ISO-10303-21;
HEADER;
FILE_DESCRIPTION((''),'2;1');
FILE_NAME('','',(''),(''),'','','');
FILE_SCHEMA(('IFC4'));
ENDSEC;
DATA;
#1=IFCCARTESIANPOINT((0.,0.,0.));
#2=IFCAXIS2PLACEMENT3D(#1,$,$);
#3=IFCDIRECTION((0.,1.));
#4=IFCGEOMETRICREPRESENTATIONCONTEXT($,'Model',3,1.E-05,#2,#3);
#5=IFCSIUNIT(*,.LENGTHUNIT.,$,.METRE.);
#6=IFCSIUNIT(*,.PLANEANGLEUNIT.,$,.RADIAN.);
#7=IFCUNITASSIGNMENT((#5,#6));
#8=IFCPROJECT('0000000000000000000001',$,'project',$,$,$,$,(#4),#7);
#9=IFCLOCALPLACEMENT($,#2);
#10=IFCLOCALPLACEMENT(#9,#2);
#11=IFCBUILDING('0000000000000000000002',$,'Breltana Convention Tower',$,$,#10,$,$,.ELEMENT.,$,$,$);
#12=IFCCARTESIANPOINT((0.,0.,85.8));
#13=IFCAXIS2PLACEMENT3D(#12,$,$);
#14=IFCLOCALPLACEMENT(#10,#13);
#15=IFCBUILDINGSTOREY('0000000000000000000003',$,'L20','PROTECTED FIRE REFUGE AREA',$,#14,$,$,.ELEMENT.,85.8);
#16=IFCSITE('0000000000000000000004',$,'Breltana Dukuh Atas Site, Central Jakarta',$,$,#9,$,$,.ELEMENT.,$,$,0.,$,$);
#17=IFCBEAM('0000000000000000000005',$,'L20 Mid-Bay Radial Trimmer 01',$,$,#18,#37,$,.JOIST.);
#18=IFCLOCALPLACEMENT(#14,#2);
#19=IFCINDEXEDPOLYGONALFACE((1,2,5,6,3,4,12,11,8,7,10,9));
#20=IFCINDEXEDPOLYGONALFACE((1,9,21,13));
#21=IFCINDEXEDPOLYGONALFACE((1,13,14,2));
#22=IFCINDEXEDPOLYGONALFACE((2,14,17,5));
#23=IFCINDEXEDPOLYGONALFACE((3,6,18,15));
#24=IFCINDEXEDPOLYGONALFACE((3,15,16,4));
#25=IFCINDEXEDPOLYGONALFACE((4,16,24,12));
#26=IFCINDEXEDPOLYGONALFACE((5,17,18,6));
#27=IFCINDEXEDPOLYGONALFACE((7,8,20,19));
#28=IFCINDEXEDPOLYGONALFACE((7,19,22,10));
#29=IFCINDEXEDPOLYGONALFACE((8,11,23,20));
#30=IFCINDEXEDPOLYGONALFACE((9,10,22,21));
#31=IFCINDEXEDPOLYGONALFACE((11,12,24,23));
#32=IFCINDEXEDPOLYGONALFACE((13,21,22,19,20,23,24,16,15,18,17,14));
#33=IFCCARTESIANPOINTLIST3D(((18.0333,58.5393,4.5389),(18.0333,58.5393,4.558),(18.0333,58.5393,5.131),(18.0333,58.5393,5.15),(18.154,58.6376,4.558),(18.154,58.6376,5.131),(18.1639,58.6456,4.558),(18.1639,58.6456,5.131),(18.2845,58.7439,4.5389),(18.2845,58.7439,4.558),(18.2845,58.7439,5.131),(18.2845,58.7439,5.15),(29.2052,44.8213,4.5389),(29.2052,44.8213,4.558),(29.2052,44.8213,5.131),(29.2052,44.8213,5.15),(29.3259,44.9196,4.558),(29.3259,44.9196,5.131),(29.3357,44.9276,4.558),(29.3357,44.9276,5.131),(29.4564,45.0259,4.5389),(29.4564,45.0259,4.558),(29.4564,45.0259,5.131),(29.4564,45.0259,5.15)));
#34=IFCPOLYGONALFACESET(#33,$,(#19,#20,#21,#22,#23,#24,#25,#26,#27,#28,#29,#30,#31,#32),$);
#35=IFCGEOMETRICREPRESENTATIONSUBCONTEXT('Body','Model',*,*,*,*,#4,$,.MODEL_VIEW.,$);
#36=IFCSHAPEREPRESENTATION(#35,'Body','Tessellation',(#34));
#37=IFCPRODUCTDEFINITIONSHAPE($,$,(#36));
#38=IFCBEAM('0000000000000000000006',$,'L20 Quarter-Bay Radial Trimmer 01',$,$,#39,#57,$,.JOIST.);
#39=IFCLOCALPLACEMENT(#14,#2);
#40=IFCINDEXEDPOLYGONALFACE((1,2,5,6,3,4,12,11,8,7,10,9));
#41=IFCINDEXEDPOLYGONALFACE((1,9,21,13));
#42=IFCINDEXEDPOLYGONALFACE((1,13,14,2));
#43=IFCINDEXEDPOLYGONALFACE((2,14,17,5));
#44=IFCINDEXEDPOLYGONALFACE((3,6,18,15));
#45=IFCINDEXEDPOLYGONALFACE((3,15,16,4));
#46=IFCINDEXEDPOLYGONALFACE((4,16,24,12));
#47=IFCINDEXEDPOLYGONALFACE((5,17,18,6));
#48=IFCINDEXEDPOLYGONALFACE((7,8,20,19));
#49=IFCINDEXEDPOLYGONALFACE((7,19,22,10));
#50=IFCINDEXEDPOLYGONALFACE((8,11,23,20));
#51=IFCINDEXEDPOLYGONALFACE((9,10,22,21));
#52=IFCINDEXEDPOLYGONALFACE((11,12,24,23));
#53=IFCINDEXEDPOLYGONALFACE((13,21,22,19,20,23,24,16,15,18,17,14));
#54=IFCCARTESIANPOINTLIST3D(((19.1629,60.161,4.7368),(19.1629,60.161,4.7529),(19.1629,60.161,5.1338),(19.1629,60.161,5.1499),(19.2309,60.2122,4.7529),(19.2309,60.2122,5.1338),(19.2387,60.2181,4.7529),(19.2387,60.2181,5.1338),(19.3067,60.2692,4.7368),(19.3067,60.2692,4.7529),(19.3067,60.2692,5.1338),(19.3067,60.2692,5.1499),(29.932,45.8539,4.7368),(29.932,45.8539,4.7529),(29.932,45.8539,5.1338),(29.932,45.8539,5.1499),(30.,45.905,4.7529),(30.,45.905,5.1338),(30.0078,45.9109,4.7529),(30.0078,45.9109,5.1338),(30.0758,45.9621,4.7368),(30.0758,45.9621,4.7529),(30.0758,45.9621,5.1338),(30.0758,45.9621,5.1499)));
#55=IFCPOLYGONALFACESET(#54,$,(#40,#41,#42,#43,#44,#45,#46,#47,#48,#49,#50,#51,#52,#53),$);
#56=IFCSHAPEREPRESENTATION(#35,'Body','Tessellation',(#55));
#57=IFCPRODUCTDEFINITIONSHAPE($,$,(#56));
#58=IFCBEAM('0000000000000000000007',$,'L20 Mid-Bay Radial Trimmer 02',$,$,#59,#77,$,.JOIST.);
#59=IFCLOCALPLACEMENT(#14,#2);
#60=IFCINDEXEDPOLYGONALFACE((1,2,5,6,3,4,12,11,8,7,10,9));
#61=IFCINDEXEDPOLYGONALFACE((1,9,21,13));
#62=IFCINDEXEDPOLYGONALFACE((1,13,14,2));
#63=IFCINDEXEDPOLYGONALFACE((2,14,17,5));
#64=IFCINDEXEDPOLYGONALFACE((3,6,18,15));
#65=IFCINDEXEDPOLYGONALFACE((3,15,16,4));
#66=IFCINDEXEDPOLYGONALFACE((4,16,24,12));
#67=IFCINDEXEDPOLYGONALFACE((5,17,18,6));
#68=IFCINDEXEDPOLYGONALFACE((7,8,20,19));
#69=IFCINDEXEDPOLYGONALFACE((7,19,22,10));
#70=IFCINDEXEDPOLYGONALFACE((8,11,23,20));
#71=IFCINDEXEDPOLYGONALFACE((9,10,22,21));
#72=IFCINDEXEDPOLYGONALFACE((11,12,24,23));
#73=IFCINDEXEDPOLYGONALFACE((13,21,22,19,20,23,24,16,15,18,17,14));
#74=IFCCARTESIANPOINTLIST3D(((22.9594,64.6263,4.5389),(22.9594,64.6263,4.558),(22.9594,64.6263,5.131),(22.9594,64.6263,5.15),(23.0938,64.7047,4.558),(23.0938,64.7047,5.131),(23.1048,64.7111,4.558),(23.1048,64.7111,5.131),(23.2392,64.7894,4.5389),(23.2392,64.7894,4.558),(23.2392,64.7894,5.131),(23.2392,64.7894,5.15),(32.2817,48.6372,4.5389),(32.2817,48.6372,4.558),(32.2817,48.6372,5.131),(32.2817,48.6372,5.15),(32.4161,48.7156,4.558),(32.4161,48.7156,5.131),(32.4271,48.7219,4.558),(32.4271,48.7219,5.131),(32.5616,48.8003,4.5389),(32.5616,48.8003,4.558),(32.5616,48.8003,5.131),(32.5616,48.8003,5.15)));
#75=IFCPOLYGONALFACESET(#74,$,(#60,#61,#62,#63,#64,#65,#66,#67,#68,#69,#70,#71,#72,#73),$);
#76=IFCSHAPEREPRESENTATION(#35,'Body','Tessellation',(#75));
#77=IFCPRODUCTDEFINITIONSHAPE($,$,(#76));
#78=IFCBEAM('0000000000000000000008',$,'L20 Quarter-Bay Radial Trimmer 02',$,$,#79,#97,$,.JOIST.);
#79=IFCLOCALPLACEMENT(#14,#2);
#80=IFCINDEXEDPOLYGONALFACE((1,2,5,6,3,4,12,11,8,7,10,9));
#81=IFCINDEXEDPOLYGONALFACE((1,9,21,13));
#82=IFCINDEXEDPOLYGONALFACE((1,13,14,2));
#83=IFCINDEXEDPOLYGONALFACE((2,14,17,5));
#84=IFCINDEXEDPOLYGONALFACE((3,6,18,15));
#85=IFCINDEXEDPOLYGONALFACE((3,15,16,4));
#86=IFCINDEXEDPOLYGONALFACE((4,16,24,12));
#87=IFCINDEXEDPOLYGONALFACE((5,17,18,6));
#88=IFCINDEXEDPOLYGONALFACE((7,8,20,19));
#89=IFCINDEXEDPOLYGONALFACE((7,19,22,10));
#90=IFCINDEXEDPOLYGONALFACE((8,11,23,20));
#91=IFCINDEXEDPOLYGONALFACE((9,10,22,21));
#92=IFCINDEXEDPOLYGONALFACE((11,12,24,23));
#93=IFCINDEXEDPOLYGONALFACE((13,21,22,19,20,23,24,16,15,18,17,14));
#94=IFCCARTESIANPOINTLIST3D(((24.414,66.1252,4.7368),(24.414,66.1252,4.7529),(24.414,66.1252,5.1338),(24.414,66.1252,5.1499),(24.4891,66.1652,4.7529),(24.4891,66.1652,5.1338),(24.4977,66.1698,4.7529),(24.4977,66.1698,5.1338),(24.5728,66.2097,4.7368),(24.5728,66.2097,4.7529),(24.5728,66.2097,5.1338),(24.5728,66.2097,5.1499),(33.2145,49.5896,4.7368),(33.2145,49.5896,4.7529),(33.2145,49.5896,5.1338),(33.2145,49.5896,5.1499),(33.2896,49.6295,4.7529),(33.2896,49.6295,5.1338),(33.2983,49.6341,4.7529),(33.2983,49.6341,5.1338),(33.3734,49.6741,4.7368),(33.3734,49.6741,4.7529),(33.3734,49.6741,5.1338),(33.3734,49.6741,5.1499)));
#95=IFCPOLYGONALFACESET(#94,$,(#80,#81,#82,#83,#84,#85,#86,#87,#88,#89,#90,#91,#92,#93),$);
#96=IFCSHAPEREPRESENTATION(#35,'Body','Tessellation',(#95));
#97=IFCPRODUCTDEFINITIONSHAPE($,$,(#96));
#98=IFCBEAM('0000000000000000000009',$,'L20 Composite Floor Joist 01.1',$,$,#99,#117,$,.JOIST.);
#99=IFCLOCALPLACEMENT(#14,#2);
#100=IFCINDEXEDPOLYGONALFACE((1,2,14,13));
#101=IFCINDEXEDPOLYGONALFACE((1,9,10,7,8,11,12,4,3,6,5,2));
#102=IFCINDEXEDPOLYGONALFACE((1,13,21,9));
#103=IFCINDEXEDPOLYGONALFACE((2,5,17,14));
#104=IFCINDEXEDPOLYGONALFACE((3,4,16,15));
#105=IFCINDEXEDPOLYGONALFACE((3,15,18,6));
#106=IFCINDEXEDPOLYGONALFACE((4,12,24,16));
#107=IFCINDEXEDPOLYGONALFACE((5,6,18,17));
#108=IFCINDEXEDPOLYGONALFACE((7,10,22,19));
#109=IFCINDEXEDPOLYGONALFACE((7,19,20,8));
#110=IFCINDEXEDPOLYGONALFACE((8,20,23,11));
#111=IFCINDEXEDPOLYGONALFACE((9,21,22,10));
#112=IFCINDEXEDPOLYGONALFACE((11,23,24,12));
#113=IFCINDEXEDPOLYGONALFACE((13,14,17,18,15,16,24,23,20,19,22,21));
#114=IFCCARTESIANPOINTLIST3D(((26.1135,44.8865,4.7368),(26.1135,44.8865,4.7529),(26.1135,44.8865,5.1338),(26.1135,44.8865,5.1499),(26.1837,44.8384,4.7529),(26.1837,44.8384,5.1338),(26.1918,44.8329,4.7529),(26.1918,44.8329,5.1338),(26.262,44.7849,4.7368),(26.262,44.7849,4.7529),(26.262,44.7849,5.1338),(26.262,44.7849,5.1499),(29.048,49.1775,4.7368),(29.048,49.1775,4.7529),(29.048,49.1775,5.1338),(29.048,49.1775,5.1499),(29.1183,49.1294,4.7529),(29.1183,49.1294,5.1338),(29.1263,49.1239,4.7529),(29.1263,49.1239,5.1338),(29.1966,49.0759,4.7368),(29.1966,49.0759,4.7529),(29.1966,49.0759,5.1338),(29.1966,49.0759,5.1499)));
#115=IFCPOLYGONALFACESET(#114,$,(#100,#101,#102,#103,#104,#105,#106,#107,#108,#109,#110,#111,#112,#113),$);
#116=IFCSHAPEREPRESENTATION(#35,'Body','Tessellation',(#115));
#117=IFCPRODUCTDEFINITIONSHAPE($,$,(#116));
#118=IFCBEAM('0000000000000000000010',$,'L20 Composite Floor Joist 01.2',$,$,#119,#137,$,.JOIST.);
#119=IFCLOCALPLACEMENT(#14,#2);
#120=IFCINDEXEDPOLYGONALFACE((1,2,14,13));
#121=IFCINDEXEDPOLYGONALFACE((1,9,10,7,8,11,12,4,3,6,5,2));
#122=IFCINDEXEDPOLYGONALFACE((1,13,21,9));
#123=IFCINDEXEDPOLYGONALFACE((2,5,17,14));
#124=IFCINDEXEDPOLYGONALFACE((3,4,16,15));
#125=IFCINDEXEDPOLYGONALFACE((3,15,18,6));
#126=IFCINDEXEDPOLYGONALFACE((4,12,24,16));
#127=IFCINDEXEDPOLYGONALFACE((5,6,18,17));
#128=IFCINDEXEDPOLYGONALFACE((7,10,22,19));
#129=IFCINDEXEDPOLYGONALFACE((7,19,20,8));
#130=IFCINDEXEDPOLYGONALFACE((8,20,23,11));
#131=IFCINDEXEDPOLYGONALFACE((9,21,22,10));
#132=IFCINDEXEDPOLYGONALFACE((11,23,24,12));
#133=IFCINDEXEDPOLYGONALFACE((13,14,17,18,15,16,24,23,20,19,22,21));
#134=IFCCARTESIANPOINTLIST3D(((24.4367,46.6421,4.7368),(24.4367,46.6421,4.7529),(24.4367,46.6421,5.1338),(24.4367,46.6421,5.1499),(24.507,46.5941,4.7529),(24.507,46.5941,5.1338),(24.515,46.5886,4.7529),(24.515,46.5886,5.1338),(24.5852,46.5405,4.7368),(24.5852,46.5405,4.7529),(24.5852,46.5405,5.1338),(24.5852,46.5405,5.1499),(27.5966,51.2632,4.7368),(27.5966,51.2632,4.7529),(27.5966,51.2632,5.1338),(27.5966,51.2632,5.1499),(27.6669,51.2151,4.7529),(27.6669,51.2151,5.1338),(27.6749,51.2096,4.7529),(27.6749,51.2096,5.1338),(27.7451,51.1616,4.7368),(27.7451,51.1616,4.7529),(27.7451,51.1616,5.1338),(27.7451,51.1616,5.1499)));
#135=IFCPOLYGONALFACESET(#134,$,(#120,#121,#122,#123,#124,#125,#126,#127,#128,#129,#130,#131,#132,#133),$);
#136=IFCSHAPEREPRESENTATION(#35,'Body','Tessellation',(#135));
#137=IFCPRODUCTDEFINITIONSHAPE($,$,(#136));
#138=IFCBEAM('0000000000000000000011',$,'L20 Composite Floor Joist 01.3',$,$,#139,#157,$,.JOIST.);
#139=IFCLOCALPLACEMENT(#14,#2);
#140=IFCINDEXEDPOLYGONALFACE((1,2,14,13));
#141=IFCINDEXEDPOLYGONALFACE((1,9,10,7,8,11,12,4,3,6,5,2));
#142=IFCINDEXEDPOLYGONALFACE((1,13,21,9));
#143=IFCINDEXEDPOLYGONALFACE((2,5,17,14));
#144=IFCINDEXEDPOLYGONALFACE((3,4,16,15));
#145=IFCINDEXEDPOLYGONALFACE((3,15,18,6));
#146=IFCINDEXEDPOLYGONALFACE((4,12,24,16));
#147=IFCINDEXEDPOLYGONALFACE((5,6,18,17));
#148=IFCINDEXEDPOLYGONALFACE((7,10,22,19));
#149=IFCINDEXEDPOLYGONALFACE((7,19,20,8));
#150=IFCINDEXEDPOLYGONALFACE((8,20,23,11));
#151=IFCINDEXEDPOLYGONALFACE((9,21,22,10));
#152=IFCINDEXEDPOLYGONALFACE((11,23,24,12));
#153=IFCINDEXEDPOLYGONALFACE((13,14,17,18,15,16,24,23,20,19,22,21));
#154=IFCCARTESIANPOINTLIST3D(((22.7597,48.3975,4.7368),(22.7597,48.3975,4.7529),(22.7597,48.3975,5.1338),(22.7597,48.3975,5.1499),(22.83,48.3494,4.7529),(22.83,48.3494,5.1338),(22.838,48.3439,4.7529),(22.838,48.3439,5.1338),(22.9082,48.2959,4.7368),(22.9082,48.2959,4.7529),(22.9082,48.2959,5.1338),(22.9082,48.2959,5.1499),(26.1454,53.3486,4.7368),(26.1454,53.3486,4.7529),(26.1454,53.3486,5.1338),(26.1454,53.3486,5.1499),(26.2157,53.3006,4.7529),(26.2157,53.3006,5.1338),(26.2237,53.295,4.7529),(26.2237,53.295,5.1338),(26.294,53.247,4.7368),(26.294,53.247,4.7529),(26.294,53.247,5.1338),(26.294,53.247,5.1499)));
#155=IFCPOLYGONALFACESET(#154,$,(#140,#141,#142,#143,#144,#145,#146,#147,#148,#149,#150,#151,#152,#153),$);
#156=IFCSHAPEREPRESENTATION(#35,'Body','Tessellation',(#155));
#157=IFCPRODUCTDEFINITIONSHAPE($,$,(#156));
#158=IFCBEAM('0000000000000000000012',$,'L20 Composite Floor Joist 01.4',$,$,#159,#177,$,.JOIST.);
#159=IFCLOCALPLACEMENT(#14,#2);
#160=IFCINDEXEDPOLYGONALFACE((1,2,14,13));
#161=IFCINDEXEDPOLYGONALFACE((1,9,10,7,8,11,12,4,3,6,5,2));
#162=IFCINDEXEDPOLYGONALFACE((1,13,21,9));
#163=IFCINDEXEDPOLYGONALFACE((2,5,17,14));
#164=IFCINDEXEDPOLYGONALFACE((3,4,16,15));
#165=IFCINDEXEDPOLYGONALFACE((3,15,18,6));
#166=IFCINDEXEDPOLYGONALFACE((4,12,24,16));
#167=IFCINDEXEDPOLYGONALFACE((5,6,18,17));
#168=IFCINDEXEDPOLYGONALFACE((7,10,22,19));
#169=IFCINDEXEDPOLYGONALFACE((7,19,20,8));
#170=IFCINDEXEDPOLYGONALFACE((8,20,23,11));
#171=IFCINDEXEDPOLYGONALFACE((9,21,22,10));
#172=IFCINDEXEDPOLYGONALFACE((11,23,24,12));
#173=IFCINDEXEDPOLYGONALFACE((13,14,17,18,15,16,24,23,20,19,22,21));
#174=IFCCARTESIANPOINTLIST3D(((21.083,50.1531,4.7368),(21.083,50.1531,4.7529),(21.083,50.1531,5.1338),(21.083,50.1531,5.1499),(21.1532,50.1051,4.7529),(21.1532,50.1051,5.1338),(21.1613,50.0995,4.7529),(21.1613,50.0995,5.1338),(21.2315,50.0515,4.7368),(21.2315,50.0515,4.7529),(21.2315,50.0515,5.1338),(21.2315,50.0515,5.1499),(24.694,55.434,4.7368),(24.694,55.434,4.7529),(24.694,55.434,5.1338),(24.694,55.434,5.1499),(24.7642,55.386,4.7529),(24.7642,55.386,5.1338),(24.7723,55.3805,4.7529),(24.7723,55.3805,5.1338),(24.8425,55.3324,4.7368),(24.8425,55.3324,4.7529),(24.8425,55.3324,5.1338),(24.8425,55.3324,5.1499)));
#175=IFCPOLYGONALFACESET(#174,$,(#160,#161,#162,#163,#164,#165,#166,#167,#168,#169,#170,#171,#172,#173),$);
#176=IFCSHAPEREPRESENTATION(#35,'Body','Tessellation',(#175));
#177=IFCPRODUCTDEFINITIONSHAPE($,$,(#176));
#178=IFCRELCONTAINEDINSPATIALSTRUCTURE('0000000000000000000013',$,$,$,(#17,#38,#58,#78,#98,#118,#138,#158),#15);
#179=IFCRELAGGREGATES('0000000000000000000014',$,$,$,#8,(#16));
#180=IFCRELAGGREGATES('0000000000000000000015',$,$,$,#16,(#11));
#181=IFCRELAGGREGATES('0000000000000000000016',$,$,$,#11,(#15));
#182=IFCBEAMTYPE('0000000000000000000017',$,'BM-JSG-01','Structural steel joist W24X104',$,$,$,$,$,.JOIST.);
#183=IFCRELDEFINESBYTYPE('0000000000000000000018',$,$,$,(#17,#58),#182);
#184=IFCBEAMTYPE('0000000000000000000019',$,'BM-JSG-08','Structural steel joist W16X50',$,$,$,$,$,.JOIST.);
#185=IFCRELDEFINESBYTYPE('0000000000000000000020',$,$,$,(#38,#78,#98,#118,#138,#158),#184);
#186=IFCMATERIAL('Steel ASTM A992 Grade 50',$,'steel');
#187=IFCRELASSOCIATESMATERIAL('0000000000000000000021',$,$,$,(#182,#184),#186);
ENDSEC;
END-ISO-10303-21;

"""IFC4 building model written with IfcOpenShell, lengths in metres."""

from ifc_helpers import new_model, si_unit, direction, frame, origin, origin_2d, place, context, subcontext, project, spatial, i_section, extrude, source, transform, mapped, material, material_profile, profile_set, type_object, type_shapes, element, save


model = new_model("IFC4")

# Units and contexts
model_context = context("Model", 3, precision=1e-05, world=origin(), true_north=direction((0.0, 1.0)))
body_context = subcontext(model_context, "Body", "Model", "MODEL_VIEW")
ifc_project = project(units=[si_unit("LENGTHUNIT", "METRE"), si_unit("PLANEANGLEUNIT", "RADIAN")], contexts=[model_context])

# Site, building, storey
site_placement = place(None, origin())
site = spatial("IfcSite", under=ifc_project, at=site_placement, Name="Breltana Dukuh Atas Site, Central Jakarta", CompositionType="ELEMENT", RefElevation=0.0)
building_placement = place(site_placement, origin())
building = spatial("IfcBuilding", under=site, at=building_placement, Name="Breltana Convention Tower", CompositionType="ELEMENT")
storey_placement = place(building_placement, frame((0.0, 0.0, 85.8)))
storey = spatial("IfcBuildingStorey", under=building, at=storey_placement, Name="L20", Description="PROTECTED FIRE REFUGE AREA", CompositionType="ELEMENT", Elevation=85.8)

# Beams
ifc_material_1 = material(Name="Steel ASTM A992 Grade 50", Category="steel")
ifc_material_profile_1 = material_profile(ifc_material_1, i_section(OverallWidth=0.324, OverallDepth=0.6111, WebThickness=0.0127, FlangeThickness=0.019, at=origin_2d()), Name="W24X104")
ifc_profile_set_1 = profile_set([ifc_material_profile_1], Name="Steel ASTM A992 Grade 50")
beam_type_1 = type_object("IfcBeamType", Name="BM-JSG-01", Description="Structural steel joist W24X104", PredefinedType="JOIST", material=ifc_profile_set_1)
shared_shape_1 = source(origin(), body_context, "Body", "SweptSolid", [
    extrude(i_section(OverallWidth=0.324, OverallDepth=0.6111, WebThickness=0.0127, FlangeThickness=0.019, at=origin_2d()), origin(), (0.0, 0.0, 1.0), 17.6917),
])
type_shapes(beam_type_1, [shared_shape_1])
beam_1_placement = place(storey_placement, frame((29.3308, 44.9236, 4.8445), z_axis=(-0.631477, 0.775395, 0.0), x_axis=(-0.775395, -0.631477, 0.0)))
element("IfcBeam", 1, at=beam_1_placement, inside=storey, type_object=beam_type_1, Name="L20 Mid-Bay Radial Trimmer 01", PredefinedType="JOIST", context=body_context, shape_type="MappedRepresentation", body=[
    mapped(shared_shape_1, transform((0.0, 0.0, 0.0), scale=1.0)),
])
ifc_material_profile_2 = material_profile(ifc_material_1, i_section(OverallWidth=0.1799, OverallDepth=0.4131, WebThickness=0.0098, FlangeThickness=0.0161, at=origin_2d()), Name="W16X50")
ifc_profile_set_2 = profile_set([ifc_material_profile_2], Name="Steel ASTM A992 Grade 50")
beam_type_2 = type_object("IfcBeamType", Name="BM-JSG-08", Description="Structural steel joist W16X50", PredefinedType="JOIST", material=ifc_profile_set_2)
shared_shape_2 = source(origin(), body_context, "Body", "SweptSolid", [
    extrude(i_section(OverallWidth=0.1799, OverallDepth=0.4131, WebThickness=0.0098, FlangeThickness=0.0161, at=origin_2d()), origin(), (0.0, 0.0, 1.0), 17.9072),
])
beam_2_placement = place(storey_placement, frame((30.0039, 45.908, 4.9434), z_axis=(-0.601382, 0.798962, 0.0), x_axis=(-0.798962, -0.601382, 0.0)))
element("IfcBeam", 2, at=beam_2_placement, inside=storey, type_object=beam_type_2, Name="L20 Quarter-Bay Radial Trimmer 01", PredefinedType="JOIST", context=body_context, shape_type="MappedRepresentation", body=[
    mapped(shared_shape_2, transform((0.0, 0.0, 0.0), scale=1.0)),
])
shared_shape_3 = source(origin(), body_context, "Body", "SweptSolid", [
    extrude(i_section(OverallWidth=0.324, OverallDepth=0.6111, WebThickness=0.0127, FlangeThickness=0.019, at=origin_2d()), origin(), (0.0, 0.0, 1.0), 18.5083),
])
beam_3_placement = place(storey_placement, frame((32.4216, 48.7188, 4.8445), z_axis=(-0.503683, 0.863888, 0.0), x_axis=(-0.863888, -0.503683, 0.0)))
element("IfcBeam", 3, at=beam_3_placement, inside=storey, type_object=beam_type_1, Name="L20 Mid-Bay Radial Trimmer 02", PredefinedType="JOIST", context=body_context, shape_type="MappedRepresentation", body=[
    mapped(shared_shape_3, transform((0.0, 0.0, 0.0), scale=1.0)),
])
shared_shape_4 = source(origin(), body_context, "Body", "SweptSolid", [
    extrude(i_section(OverallWidth=0.1799, OverallDepth=0.4131, WebThickness=0.0098, FlangeThickness=0.0161, at=origin_2d()), origin(), (0.0, 0.0, 1.0), 18.7317),
])
beam_4_placement = place(storey_placement, frame((33.2939, 49.6318, 4.9434), z_axis=(-0.46982, 0.882762, 0.0), x_axis=(-0.882762, -0.46982, 0.0)))
element("IfcBeam", 4, at=beam_4_placement, inside=storey, type_object=beam_type_2, Name="L20 Quarter-Bay Radial Trimmer 02", PredefinedType="JOIST", context=body_context, shape_type="MappedRepresentation", body=[
    mapped(shared_shape_4, transform((0.0, 0.0, 0.0), scale=1.0)),
])
shared_shape_5 = source(origin(), body_context, "Body", "SweptSolid", [
    extrude(i_section(OverallWidth=0.1799, OverallDepth=0.4131, WebThickness=0.0098, FlangeThickness=0.0161, at=origin_2d()), origin(), (0.0, 0.0, 1.0), 5.1985),
])
beam_5_placement = place(storey_placement, frame((26.1877, 44.8357, 4.9434), z_axis=(0.564502, 0.825432, 0.0), x_axis=(-0.825432, 0.564502, 0.0)))
element("IfcBeam", 5, at=beam_5_placement, inside=storey, type_object=beam_type_2, Name="L20 Composite Floor Joist 01.1", PredefinedType="JOIST", context=body_context, shape_type="MappedRepresentation", body=[
    mapped(shared_shape_5, transform((0.0, 0.0, 0.0), scale=1.0)),
])
shared_shape_6 = source(origin(), body_context, "Body", "SweptSolid", [
    extrude(i_section(OverallWidth=0.1799, OverallDepth=0.4131, WebThickness=0.0098, FlangeThickness=0.0161, at=origin_2d()), origin(), (0.0, 0.0, 1.0), 5.5981),
])
beam_6_placement = place(storey_placement, frame((24.511, 46.5913, 4.9434), z_axis=(0.564454, 0.825464, 0.0), x_axis=(-0.825464, 0.564454, 0.0)))
element("IfcBeam", 6, at=beam_6_placement, inside=storey, type_object=beam_type_2, Name="L20 Composite Floor Joist 01.2", PredefinedType="JOIST", context=body_context, shape_type="MappedRepresentation", body=[
    mapped(shared_shape_6, transform((0.0, 0.0, 0.0), scale=1.0)),
])
shared_shape_7 = source(origin(), body_context, "Body", "SweptSolid", [
    extrude(i_section(OverallWidth=0.1799, OverallDepth=0.4131, WebThickness=0.0098, FlangeThickness=0.0161, at=origin_2d()), origin(), (0.0, 0.0, 1.0), 5.998),
])
beam_7_placement = place(storey_placement, frame((22.834, 48.3467, 4.9434), z_axis=(0.564468, 0.825455, 0.0), x_axis=(-0.825455, 0.564468, 0.0)))
element("IfcBeam", 7, at=beam_7_placement, inside=storey, type_object=beam_type_2, Name="L20 Composite Floor Joist 01.3", PredefinedType="JOIST", context=body_context, shape_type="MappedRepresentation", body=[
    mapped(shared_shape_7, transform((0.0, 0.0, 0.0), scale=1.0)),
])
shared_shape_8 = source(origin(), body_context, "Body", "SweptSolid", [
    extrude(i_section(OverallWidth=0.1799, OverallDepth=0.4131, WebThickness=0.0098, FlangeThickness=0.0161, at=origin_2d()), origin(), (0.0, 0.0, 1.0), 6.3975),
])
beam_8_placement = place(storey_placement, frame((21.1572, 50.1023, 4.9434), z_axis=(0.564446, 0.82547, 0.0), x_axis=(-0.82547, 0.564446, 0.0)))
element("IfcBeam", 8, at=beam_8_placement, inside=storey, type_object=beam_type_2, Name="L20 Composite Floor Joist 01.4", PredefinedType="JOIST", context=body_context, shape_type="MappedRepresentation", body=[
    mapped(shared_shape_8, transform((0.0, 0.0, 0.0), scale=1.0)),
])

save(model, "model.ifc")
